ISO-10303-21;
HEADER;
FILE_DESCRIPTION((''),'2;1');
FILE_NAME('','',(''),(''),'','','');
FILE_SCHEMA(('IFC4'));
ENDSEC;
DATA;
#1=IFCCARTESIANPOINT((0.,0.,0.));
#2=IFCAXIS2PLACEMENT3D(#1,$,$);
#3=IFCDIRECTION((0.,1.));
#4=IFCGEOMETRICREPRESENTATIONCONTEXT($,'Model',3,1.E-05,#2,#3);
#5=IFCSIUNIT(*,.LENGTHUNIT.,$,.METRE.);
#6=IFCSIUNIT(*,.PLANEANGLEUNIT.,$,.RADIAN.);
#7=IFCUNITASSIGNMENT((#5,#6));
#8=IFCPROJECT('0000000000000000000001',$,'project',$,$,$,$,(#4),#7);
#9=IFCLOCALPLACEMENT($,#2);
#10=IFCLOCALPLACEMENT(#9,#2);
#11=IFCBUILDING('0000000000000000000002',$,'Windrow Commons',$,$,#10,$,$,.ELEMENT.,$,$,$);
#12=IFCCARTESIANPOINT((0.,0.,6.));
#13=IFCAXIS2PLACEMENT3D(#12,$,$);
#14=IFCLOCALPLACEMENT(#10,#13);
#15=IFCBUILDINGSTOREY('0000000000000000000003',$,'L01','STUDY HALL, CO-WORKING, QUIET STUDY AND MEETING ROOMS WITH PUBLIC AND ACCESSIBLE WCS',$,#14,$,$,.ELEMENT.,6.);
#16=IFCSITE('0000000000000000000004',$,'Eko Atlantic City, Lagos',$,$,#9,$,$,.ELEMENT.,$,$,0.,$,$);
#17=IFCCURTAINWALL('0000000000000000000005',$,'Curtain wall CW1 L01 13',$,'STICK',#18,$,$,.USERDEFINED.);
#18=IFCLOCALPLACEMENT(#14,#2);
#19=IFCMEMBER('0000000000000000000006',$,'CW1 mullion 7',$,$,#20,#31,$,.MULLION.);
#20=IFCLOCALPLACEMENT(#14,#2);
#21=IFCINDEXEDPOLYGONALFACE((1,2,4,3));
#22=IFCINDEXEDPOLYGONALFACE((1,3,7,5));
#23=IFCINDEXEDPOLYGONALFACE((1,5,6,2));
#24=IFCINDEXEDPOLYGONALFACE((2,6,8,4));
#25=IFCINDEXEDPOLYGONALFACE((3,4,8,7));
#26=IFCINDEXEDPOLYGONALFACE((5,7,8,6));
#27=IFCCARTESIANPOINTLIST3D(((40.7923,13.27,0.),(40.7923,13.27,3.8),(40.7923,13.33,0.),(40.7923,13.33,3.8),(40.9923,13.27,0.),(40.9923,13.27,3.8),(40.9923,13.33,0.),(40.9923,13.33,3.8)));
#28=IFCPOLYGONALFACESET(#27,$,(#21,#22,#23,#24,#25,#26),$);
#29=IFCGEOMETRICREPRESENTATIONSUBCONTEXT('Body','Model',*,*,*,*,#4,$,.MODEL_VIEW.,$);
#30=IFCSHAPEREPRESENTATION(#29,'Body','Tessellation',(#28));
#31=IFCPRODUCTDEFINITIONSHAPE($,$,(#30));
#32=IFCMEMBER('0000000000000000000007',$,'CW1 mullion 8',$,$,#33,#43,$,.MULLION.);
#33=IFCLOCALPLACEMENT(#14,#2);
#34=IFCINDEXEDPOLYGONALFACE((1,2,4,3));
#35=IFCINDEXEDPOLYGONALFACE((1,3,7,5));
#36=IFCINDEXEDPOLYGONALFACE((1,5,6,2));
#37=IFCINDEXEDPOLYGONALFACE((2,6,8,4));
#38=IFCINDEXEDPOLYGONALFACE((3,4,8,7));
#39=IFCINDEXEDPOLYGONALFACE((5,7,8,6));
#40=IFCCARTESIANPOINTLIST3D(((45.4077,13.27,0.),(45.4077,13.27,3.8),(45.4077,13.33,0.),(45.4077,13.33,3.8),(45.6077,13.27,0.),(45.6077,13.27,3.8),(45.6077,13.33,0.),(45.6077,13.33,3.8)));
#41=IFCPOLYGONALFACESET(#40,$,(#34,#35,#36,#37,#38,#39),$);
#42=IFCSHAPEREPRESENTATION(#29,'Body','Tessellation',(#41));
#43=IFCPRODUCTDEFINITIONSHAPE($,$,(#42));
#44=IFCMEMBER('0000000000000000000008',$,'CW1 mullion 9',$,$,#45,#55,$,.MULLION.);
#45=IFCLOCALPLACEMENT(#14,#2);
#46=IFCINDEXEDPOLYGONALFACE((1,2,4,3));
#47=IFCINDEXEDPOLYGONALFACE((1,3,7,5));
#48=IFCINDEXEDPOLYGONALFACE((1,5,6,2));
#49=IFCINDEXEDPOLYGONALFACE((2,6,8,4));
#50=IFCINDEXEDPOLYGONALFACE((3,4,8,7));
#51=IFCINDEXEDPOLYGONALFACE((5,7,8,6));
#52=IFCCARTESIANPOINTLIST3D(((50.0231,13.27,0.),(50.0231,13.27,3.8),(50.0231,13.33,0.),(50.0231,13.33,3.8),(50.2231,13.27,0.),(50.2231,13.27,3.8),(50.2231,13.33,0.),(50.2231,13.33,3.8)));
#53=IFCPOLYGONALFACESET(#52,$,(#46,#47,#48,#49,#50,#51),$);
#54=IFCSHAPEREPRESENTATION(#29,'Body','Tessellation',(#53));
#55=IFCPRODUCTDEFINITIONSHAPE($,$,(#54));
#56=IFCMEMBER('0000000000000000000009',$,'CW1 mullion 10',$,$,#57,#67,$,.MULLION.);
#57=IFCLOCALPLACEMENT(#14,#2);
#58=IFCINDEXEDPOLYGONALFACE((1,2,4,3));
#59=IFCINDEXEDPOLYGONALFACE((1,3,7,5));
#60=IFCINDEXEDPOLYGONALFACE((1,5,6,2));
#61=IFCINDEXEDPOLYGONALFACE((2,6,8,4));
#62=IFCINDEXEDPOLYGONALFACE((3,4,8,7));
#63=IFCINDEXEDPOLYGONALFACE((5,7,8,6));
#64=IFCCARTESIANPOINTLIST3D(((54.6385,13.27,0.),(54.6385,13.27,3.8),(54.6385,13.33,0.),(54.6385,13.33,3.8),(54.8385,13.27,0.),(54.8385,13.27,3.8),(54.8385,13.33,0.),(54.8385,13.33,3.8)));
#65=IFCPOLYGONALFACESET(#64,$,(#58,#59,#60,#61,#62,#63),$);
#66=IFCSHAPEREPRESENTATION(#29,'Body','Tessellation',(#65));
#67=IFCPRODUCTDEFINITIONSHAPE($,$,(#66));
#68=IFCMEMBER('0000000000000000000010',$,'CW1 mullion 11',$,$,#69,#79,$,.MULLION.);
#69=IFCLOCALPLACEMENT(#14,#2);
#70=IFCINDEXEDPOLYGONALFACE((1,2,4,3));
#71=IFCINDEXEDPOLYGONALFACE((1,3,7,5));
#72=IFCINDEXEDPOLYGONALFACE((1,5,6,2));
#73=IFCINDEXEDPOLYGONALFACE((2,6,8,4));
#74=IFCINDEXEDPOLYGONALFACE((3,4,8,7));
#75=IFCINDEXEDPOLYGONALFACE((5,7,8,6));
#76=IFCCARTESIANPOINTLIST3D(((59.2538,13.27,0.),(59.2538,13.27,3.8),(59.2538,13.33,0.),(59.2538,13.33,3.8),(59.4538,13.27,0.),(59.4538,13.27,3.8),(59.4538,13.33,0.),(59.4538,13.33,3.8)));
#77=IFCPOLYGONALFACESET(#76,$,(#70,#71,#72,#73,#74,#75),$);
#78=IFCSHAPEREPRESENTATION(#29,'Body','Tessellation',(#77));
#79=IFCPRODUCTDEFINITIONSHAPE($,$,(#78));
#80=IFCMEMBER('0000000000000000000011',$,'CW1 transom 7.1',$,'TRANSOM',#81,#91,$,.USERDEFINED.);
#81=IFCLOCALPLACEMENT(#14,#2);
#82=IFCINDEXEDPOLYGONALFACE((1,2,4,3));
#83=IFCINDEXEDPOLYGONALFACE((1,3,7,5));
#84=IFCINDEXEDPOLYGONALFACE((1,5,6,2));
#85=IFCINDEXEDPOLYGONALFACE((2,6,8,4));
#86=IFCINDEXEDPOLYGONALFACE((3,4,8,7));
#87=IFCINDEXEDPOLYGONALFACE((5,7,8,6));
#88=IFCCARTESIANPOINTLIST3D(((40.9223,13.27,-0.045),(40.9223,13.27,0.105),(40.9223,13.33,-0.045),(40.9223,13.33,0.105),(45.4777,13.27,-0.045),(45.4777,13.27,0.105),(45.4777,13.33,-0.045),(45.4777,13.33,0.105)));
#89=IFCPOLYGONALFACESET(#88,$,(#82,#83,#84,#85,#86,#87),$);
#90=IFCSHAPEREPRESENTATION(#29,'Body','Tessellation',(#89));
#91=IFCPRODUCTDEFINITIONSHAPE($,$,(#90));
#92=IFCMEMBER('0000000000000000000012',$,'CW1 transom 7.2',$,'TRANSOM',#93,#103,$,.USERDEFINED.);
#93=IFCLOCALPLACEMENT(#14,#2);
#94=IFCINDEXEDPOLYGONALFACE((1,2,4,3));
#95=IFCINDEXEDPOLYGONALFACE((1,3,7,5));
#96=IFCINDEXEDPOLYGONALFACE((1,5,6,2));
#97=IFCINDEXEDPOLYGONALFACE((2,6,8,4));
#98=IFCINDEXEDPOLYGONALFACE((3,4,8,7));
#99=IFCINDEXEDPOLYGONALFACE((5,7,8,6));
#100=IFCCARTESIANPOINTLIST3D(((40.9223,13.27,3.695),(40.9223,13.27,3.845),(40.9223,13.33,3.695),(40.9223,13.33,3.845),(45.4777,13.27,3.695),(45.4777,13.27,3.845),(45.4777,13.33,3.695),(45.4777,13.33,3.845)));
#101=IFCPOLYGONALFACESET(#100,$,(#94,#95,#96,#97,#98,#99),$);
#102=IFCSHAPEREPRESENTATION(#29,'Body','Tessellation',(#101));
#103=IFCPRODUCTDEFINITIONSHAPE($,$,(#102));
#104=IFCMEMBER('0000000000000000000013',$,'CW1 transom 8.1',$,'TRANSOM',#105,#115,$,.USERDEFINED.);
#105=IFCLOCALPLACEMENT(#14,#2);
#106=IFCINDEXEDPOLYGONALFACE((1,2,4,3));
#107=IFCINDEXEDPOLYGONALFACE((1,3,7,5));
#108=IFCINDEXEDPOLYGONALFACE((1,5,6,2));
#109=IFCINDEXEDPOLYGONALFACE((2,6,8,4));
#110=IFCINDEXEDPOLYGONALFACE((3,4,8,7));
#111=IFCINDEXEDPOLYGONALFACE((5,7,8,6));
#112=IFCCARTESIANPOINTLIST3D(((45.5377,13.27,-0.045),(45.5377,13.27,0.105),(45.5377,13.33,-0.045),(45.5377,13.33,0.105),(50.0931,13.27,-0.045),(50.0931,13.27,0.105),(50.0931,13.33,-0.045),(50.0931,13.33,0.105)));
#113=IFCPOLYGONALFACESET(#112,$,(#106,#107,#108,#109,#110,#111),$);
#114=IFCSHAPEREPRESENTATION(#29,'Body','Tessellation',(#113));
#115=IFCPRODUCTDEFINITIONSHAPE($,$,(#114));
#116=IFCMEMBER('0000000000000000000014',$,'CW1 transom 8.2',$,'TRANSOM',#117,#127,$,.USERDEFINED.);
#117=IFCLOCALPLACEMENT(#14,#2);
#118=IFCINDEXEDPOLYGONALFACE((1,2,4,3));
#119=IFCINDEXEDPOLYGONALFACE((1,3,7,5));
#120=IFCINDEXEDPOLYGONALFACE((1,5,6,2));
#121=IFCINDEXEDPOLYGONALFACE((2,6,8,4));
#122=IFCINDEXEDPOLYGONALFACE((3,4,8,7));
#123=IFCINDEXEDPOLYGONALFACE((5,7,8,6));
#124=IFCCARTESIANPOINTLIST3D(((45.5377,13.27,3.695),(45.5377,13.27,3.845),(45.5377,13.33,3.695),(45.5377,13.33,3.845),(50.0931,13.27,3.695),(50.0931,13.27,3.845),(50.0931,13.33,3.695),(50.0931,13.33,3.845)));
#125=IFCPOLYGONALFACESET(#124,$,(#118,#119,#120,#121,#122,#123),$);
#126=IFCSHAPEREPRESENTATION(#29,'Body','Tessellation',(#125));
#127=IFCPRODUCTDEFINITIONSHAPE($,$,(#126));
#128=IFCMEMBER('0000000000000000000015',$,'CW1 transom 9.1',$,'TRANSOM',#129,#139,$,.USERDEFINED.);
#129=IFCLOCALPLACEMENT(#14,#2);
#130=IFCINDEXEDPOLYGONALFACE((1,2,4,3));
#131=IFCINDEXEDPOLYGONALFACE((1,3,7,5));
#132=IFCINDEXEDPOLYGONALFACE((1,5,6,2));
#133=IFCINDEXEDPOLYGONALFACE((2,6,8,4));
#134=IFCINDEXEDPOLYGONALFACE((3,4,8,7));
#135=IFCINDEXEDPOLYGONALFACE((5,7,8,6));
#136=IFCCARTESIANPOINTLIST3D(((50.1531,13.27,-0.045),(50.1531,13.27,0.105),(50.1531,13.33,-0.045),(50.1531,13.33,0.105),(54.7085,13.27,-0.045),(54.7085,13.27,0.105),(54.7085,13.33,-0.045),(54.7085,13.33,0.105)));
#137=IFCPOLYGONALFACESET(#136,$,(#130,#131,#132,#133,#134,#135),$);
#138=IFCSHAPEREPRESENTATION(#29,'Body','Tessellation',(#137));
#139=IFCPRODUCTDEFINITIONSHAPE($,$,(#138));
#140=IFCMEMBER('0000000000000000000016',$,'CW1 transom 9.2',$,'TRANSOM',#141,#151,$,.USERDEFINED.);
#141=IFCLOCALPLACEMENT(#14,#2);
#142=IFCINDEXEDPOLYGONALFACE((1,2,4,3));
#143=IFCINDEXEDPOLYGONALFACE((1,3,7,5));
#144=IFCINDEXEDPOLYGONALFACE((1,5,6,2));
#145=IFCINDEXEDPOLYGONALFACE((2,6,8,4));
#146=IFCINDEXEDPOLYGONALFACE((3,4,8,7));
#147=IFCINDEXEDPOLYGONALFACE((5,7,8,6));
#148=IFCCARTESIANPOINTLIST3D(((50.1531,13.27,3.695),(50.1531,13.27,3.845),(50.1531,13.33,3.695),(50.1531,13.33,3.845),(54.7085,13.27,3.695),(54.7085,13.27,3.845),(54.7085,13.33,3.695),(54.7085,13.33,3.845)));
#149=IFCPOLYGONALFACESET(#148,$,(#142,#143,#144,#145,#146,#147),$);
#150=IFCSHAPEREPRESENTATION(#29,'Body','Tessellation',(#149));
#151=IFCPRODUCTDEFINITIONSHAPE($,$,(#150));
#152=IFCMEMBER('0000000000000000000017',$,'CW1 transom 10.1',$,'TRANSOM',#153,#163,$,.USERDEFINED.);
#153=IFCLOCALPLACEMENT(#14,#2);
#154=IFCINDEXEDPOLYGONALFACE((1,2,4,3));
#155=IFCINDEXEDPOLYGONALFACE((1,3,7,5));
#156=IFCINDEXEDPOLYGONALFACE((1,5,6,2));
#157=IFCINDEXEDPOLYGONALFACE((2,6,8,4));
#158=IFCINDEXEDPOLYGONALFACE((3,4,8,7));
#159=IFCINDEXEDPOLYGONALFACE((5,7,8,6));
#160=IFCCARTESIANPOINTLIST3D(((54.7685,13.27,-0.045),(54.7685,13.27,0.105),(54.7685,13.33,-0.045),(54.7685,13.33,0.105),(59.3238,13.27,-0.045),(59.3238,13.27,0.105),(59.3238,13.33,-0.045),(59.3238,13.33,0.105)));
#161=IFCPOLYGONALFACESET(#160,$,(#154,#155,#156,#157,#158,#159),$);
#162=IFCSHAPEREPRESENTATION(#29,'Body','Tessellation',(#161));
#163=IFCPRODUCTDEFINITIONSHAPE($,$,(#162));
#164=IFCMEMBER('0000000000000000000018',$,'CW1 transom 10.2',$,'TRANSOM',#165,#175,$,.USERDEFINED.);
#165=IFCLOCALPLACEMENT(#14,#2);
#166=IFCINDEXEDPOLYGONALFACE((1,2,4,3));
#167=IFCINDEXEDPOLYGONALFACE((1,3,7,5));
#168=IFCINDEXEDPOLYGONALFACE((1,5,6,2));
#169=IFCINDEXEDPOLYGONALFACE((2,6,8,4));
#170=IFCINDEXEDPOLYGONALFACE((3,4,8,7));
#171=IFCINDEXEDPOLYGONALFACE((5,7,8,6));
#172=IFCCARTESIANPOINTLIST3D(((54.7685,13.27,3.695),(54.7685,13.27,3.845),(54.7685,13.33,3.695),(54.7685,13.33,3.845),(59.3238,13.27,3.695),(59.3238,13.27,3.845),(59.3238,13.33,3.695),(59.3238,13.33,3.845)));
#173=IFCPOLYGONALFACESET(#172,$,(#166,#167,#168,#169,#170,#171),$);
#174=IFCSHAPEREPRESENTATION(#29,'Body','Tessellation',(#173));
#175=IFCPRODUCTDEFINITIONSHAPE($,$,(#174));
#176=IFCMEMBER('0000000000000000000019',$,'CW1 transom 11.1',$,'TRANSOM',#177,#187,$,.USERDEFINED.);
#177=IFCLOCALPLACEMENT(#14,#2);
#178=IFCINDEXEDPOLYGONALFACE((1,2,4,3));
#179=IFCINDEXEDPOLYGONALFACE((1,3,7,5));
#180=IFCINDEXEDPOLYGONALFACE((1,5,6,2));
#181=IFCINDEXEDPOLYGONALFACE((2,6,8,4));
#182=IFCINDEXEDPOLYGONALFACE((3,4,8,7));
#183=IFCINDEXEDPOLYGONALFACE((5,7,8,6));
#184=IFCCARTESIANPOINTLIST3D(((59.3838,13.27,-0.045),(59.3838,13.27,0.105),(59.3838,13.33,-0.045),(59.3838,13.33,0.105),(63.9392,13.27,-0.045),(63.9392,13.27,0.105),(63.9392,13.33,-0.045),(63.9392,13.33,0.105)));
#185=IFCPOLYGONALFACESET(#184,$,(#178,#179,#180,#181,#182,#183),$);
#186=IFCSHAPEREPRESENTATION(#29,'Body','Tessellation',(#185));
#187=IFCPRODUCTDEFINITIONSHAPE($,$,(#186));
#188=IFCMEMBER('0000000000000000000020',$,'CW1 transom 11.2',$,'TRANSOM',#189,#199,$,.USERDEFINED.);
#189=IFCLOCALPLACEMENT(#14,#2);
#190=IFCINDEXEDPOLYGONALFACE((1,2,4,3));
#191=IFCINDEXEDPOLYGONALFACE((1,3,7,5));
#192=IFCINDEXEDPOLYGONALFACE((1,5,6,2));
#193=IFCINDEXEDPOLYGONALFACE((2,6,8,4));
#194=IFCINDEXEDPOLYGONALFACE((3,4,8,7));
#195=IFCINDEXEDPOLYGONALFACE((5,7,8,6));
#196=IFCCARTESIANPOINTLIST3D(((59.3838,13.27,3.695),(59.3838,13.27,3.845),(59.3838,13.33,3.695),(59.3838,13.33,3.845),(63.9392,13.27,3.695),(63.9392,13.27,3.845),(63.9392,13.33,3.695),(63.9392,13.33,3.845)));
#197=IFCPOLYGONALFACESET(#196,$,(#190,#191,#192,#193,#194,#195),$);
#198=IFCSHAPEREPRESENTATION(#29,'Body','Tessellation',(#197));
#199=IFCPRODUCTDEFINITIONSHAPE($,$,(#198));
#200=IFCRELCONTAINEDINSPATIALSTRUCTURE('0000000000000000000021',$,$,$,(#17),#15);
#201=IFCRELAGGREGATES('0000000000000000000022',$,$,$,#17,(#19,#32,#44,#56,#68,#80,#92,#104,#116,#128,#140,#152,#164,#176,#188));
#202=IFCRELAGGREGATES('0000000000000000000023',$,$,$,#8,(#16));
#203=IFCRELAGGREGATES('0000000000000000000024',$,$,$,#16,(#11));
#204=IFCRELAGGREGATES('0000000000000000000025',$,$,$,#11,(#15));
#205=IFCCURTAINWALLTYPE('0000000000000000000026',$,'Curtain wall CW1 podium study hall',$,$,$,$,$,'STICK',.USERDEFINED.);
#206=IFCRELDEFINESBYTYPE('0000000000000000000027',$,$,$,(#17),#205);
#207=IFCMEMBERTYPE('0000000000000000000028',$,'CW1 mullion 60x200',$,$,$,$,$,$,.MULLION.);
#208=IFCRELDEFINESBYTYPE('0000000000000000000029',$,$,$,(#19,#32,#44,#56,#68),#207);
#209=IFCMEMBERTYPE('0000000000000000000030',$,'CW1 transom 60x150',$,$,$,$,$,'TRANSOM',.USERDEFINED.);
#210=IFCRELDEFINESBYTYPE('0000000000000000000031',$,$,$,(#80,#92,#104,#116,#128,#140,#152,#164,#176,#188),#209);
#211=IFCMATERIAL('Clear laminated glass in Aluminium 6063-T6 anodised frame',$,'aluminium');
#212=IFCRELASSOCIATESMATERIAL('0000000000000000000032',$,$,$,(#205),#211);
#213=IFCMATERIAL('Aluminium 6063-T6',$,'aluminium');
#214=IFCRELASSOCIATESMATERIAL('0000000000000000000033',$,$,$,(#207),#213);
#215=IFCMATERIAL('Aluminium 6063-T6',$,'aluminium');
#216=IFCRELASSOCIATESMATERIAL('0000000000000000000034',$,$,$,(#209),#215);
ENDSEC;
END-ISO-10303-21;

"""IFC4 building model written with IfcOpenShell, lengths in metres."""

from ifc_helpers import new_model, si_unit, direction, frame, origin, origin_2d, place, context, subcontext, project, spatial, rectangle, extrude, material, material_profile, profile_set, type_object, element, aggregate, save


model = new_model("IFC4")

# Units and contexts
model_context = context("Model", 3, precision=1e-05, world=origin(), true_north=direction((0.0, 1.0)))
body_context = subcontext(model_context, "Body", "Model", "MODEL_VIEW")
ifc_project = project(units=[si_unit("LENGTHUNIT", "METRE"), si_unit("PLANEANGLEUNIT", "RADIAN")], contexts=[model_context])

# Site, building, storey
site_placement = place(None, origin())
site = spatial("IfcSite", under=ifc_project, at=site_placement, Name="Eko Atlantic City, Lagos", CompositionType="ELEMENT", RefElevation=0.0)
building_placement = place(site_placement, origin())
building = spatial("IfcBuilding", under=site, at=building_placement, Name="Windrow Commons", CompositionType="ELEMENT")
storey_placement = place(building_placement, frame((0.0, 0.0, 6.0)))
storey = spatial("IfcBuildingStorey", under=building, at=storey_placement, Name="L01", Description="STUDY HALL, CO-WORKING, QUIET STUDY AND MEETING ROOMS WITH PUBLIC AND ACCESSIBLE WCS", CompositionType="ELEMENT", Elevation=6.0)

# Curtain wall, members
ifc_material_1 = material(Name="Clear laminated glass in Aluminium 6063-T6 anodised frame", Category="aluminium")
curtain_wall_type = type_object("IfcCurtainWallType", Name="Curtain wall CW1 podium study hall", ElementType="STICK", PredefinedType="USERDEFINED", material=ifc_material_1)
curtain_wall_placement = place(storey_placement, origin())
curtain_wall = element("IfcCurtainWall", 1, at=curtain_wall_placement, inside=storey, type_object=curtain_wall_type, Name="Curtain wall CW1 L01 13", ObjectType="STICK", PredefinedType="USERDEFINED")
ifc_material_2 = material(Name="Aluminium 6063-T6", Category="aluminium")
ifc_material_profile_1 = material_profile(ifc_material_2, rectangle(XDim=0.06, YDim=0.2, at=origin_2d()))
ifc_profile_set_1 = profile_set([ifc_material_profile_1], Name="Aluminium 6063-T6")
member_type_1 = type_object("IfcMemberType", Name="CW1 mullion 60x200", PredefinedType="MULLION", material=ifc_profile_set_1)
member_1_placement = place(storey_placement, frame((40.8923, 13.3, 0.0), z_axis=(0.0, 0.0, 1.0), x_axis=(0.0, 1.0, 0.0)))
member_1 = element("IfcMember", 2, at=member_1_placement, type_object=member_type_1, Name="CW1 mullion 7", PredefinedType="MULLION", context=body_context, shape_type="SweptSolid", body=[
    extrude(rectangle(XDim=0.06, YDim=0.2, at=origin_2d()), origin(), (0.0, 0.0, 1.0), 3.8),
])
member_2_placement = place(storey_placement, frame((45.5077, 13.3, 0.0), z_axis=(0.0, 0.0, 1.0), x_axis=(0.0, 1.0, 0.0)))
member_2 = element("IfcMember", 3, at=member_2_placement, type_object=member_type_1, Name="CW1 mullion 8", PredefinedType="MULLION", context=body_context, shape_type="SweptSolid", body=[
    extrude(rectangle(XDim=0.06, YDim=0.2, at=origin_2d()), origin(), (0.0, 0.0, 1.0), 3.8),
])
member_3_placement = place(storey_placement, frame((50.1231, 13.3, 0.0), z_axis=(0.0, 0.0, 1.0), x_axis=(0.0, 1.0, 0.0)))
member_3 = element("IfcMember", 4, at=member_3_placement, type_object=member_type_1, Name="CW1 mullion 9", PredefinedType="MULLION", context=body_context, shape_type="SweptSolid", body=[
    extrude(rectangle(XDim=0.06, YDim=0.2, at=origin_2d()), origin(), (0.0, 0.0, 1.0), 3.8),
])
member_4_placement = place(storey_placement, frame((54.7385, 13.3, 0.0), z_axis=(0.0, 0.0, 1.0), x_axis=(0.0, 1.0, 0.0)))
member_4 = element("IfcMember", 5, at=member_4_placement, type_object=member_type_1, Name="CW1 mullion 10", PredefinedType="MULLION", context=body_context, shape_type="SweptSolid", body=[
    extrude(rectangle(XDim=0.06, YDim=0.2, at=origin_2d()), origin(), (0.0, 0.0, 1.0), 3.8),
])
member_5_placement = place(storey_placement, frame((59.3538, 13.3, 0.0), z_axis=(0.0, 0.0, 1.0), x_axis=(0.0, 1.0, 0.0)))
member_5 = element("IfcMember", 6, at=member_5_placement, type_object=member_type_1, Name="CW1 mullion 11", PredefinedType="MULLION", context=body_context, shape_type="SweptSolid", body=[
    extrude(rectangle(XDim=0.06, YDim=0.2, at=origin_2d()), origin(), (0.0, 0.0, 1.0), 3.8),
])
ifc_material_3 = material(Name="Aluminium 6063-T6", Category="aluminium")
ifc_material_profile_2 = material_profile(ifc_material_3, rectangle(XDim=0.06, YDim=0.15, at=origin_2d()))
ifc_profile_set_2 = profile_set([ifc_material_profile_2], Name="Aluminium 6063-T6")
member_type_2 = type_object("IfcMemberType", Name="CW1 transom 60x150", ElementType="TRANSOM", PredefinedType="USERDEFINED", material=ifc_profile_set_2)
member_6_placement = place(storey_placement, frame((40.9223, 13.3, 0.03), z_axis=(1.0, 0.0, 0.0), x_axis=(0.0, 1.0, 0.0)))
member_6 = element("IfcMember", 7, at=member_6_placement, type_object=member_type_2, Name="CW1 transom 7.1", ObjectType="TRANSOM", PredefinedType="USERDEFINED", context=body_context, shape_type="SweptSolid", body=[
    extrude(rectangle(XDim=0.06, YDim=0.15, at=origin_2d()), origin(), (0.0, 0.0, 1.0), 4.5554),
])
member_7_placement = place(storey_placement, frame((40.9223, 13.3, 3.77), z_axis=(1.0, 0.0, 0.0), x_axis=(0.0, 1.0, 0.0)))
member_7 = element("IfcMember", 8, at=member_7_placement, type_object=member_type_2, Name="CW1 transom 7.2", ObjectType="TRANSOM", PredefinedType="USERDEFINED", context=body_context, shape_type="SweptSolid", body=[
    extrude(rectangle(XDim=0.06, YDim=0.15, at=origin_2d()), origin(), (0.0, 0.0, 1.0), 4.5554),
])
member_8_placement = place(storey_placement, frame((45.5377, 13.3, 0.03), z_axis=(1.0, 0.0, 0.0), x_axis=(0.0, 1.0, 0.0)))
member_8 = element("IfcMember", 9, at=member_8_placement, type_object=member_type_2, Name="CW1 transom 8.1", ObjectType="TRANSOM", PredefinedType="USERDEFINED", context=body_context, shape_type="SweptSolid", body=[
    extrude(rectangle(XDim=0.06, YDim=0.15, at=origin_2d()), origin(), (0.0, 0.0, 1.0), 4.5554),
])
member_9_placement = place(storey_placement, frame((45.5377, 13.3, 3.77), z_axis=(1.0, 0.0, 0.0), x_axis=(0.0, 1.0, 0.0)))
member_9 = element("IfcMember", 10, at=member_9_placement, type_object=member_type_2, Name="CW1 transom 8.2", ObjectType="TRANSOM", PredefinedType="USERDEFINED", context=body_context, shape_type="SweptSolid", body=[
    extrude(rectangle(XDim=0.06, YDim=0.15, at=origin_2d()), origin(), (0.0, 0.0, 1.0), 4.5554),
])
member_10_placement = place(storey_placement, frame((50.1531, 13.3, 0.03), z_axis=(1.0, 0.0, 0.0), x_axis=(0.0, 1.0, 0.0)))
member_10 = element("IfcMember", 11, at=member_10_placement, type_object=member_type_2, Name="CW1 transom 9.1", ObjectType="TRANSOM", PredefinedType="USERDEFINED", context=body_context, shape_type="SweptSolid", body=[
    extrude(rectangle(XDim=0.06, YDim=0.15, at=origin_2d()), origin(), (0.0, 0.0, 1.0), 4.5554),
])
member_11_placement = place(storey_placement, frame((50.1531, 13.3, 3.77), z_axis=(1.0, 0.0, 0.0), x_axis=(0.0, 1.0, 0.0)))
member_11 = element("IfcMember", 12, at=member_11_placement, type_object=member_type_2, Name="CW1 transom 9.2", ObjectType="TRANSOM", PredefinedType="USERDEFINED", context=body_context, shape_type="SweptSolid", body=[
    extrude(rectangle(XDim=0.06, YDim=0.15, at=origin_2d()), origin(), (0.0, 0.0, 1.0), 4.5554),
])
member_12_placement = place(storey_placement, frame((54.7685, 13.3, 0.03), z_axis=(1.0, 0.0, 0.0), x_axis=(0.0, 1.0, 0.0)))
member_12 = element("IfcMember", 13, at=member_12_placement, type_object=member_type_2, Name="CW1 transom 10.1", ObjectType="TRANSOM", PredefinedType="USERDEFINED", context=body_context, shape_type="SweptSolid", body=[
    extrude(rectangle(XDim=0.06, YDim=0.15, at=origin_2d()), origin(), (0.0, 0.0, 1.0), 4.5553),
])
member_13_placement = place(storey_placement, frame((54.7685, 13.3, 3.77), z_axis=(1.0, 0.0, 0.0), x_axis=(0.0, 1.0, 0.0)))
member_13 = element("IfcMember", 14, at=member_13_placement, type_object=member_type_2, Name="CW1 transom 10.2", ObjectType="TRANSOM", PredefinedType="USERDEFINED", context=body_context, shape_type="SweptSolid", body=[
    extrude(rectangle(XDim=0.06, YDim=0.15, at=origin_2d()), origin(), (0.0, 0.0, 1.0), 4.5553),
])
member_14_placement = place(storey_placement, frame((59.3838, 13.3, 0.03), z_axis=(1.0, 0.0, 0.0), x_axis=(0.0, 1.0, 0.0)))
member_14 = element("IfcMember", 15, at=member_14_placement, type_object=member_type_2, Name="CW1 transom 11.1", ObjectType="TRANSOM", PredefinedType="USERDEFINED", context=body_context, shape_type="SweptSolid", body=[
    extrude(rectangle(XDim=0.06, YDim=0.15, at=origin_2d()), origin(), (0.0, 0.0, 1.0), 4.5554),
])
member_15_placement = place(storey_placement, frame((59.3838, 13.3, 3.77), z_axis=(1.0, 0.0, 0.0), x_axis=(0.0, 1.0, 0.0)))
member_15 = element("IfcMember", 16, at=member_15_placement, type_object=member_type_2, Name="CW1 transom 11.2", ObjectType="TRANSOM", PredefinedType="USERDEFINED", context=body_context, shape_type="SweptSolid", body=[
    extrude(rectangle(XDim=0.06, YDim=0.15, at=origin_2d()), origin(), (0.0, 0.0, 1.0), 4.5554),
])

aggregate(curtain_wall, [member_1, member_2, member_3, member_4, member_5, member_6, member_7, member_8, member_9, member_10, member_11, member_12, member_13, member_14, member_15])

save(model, "model.ifc")
